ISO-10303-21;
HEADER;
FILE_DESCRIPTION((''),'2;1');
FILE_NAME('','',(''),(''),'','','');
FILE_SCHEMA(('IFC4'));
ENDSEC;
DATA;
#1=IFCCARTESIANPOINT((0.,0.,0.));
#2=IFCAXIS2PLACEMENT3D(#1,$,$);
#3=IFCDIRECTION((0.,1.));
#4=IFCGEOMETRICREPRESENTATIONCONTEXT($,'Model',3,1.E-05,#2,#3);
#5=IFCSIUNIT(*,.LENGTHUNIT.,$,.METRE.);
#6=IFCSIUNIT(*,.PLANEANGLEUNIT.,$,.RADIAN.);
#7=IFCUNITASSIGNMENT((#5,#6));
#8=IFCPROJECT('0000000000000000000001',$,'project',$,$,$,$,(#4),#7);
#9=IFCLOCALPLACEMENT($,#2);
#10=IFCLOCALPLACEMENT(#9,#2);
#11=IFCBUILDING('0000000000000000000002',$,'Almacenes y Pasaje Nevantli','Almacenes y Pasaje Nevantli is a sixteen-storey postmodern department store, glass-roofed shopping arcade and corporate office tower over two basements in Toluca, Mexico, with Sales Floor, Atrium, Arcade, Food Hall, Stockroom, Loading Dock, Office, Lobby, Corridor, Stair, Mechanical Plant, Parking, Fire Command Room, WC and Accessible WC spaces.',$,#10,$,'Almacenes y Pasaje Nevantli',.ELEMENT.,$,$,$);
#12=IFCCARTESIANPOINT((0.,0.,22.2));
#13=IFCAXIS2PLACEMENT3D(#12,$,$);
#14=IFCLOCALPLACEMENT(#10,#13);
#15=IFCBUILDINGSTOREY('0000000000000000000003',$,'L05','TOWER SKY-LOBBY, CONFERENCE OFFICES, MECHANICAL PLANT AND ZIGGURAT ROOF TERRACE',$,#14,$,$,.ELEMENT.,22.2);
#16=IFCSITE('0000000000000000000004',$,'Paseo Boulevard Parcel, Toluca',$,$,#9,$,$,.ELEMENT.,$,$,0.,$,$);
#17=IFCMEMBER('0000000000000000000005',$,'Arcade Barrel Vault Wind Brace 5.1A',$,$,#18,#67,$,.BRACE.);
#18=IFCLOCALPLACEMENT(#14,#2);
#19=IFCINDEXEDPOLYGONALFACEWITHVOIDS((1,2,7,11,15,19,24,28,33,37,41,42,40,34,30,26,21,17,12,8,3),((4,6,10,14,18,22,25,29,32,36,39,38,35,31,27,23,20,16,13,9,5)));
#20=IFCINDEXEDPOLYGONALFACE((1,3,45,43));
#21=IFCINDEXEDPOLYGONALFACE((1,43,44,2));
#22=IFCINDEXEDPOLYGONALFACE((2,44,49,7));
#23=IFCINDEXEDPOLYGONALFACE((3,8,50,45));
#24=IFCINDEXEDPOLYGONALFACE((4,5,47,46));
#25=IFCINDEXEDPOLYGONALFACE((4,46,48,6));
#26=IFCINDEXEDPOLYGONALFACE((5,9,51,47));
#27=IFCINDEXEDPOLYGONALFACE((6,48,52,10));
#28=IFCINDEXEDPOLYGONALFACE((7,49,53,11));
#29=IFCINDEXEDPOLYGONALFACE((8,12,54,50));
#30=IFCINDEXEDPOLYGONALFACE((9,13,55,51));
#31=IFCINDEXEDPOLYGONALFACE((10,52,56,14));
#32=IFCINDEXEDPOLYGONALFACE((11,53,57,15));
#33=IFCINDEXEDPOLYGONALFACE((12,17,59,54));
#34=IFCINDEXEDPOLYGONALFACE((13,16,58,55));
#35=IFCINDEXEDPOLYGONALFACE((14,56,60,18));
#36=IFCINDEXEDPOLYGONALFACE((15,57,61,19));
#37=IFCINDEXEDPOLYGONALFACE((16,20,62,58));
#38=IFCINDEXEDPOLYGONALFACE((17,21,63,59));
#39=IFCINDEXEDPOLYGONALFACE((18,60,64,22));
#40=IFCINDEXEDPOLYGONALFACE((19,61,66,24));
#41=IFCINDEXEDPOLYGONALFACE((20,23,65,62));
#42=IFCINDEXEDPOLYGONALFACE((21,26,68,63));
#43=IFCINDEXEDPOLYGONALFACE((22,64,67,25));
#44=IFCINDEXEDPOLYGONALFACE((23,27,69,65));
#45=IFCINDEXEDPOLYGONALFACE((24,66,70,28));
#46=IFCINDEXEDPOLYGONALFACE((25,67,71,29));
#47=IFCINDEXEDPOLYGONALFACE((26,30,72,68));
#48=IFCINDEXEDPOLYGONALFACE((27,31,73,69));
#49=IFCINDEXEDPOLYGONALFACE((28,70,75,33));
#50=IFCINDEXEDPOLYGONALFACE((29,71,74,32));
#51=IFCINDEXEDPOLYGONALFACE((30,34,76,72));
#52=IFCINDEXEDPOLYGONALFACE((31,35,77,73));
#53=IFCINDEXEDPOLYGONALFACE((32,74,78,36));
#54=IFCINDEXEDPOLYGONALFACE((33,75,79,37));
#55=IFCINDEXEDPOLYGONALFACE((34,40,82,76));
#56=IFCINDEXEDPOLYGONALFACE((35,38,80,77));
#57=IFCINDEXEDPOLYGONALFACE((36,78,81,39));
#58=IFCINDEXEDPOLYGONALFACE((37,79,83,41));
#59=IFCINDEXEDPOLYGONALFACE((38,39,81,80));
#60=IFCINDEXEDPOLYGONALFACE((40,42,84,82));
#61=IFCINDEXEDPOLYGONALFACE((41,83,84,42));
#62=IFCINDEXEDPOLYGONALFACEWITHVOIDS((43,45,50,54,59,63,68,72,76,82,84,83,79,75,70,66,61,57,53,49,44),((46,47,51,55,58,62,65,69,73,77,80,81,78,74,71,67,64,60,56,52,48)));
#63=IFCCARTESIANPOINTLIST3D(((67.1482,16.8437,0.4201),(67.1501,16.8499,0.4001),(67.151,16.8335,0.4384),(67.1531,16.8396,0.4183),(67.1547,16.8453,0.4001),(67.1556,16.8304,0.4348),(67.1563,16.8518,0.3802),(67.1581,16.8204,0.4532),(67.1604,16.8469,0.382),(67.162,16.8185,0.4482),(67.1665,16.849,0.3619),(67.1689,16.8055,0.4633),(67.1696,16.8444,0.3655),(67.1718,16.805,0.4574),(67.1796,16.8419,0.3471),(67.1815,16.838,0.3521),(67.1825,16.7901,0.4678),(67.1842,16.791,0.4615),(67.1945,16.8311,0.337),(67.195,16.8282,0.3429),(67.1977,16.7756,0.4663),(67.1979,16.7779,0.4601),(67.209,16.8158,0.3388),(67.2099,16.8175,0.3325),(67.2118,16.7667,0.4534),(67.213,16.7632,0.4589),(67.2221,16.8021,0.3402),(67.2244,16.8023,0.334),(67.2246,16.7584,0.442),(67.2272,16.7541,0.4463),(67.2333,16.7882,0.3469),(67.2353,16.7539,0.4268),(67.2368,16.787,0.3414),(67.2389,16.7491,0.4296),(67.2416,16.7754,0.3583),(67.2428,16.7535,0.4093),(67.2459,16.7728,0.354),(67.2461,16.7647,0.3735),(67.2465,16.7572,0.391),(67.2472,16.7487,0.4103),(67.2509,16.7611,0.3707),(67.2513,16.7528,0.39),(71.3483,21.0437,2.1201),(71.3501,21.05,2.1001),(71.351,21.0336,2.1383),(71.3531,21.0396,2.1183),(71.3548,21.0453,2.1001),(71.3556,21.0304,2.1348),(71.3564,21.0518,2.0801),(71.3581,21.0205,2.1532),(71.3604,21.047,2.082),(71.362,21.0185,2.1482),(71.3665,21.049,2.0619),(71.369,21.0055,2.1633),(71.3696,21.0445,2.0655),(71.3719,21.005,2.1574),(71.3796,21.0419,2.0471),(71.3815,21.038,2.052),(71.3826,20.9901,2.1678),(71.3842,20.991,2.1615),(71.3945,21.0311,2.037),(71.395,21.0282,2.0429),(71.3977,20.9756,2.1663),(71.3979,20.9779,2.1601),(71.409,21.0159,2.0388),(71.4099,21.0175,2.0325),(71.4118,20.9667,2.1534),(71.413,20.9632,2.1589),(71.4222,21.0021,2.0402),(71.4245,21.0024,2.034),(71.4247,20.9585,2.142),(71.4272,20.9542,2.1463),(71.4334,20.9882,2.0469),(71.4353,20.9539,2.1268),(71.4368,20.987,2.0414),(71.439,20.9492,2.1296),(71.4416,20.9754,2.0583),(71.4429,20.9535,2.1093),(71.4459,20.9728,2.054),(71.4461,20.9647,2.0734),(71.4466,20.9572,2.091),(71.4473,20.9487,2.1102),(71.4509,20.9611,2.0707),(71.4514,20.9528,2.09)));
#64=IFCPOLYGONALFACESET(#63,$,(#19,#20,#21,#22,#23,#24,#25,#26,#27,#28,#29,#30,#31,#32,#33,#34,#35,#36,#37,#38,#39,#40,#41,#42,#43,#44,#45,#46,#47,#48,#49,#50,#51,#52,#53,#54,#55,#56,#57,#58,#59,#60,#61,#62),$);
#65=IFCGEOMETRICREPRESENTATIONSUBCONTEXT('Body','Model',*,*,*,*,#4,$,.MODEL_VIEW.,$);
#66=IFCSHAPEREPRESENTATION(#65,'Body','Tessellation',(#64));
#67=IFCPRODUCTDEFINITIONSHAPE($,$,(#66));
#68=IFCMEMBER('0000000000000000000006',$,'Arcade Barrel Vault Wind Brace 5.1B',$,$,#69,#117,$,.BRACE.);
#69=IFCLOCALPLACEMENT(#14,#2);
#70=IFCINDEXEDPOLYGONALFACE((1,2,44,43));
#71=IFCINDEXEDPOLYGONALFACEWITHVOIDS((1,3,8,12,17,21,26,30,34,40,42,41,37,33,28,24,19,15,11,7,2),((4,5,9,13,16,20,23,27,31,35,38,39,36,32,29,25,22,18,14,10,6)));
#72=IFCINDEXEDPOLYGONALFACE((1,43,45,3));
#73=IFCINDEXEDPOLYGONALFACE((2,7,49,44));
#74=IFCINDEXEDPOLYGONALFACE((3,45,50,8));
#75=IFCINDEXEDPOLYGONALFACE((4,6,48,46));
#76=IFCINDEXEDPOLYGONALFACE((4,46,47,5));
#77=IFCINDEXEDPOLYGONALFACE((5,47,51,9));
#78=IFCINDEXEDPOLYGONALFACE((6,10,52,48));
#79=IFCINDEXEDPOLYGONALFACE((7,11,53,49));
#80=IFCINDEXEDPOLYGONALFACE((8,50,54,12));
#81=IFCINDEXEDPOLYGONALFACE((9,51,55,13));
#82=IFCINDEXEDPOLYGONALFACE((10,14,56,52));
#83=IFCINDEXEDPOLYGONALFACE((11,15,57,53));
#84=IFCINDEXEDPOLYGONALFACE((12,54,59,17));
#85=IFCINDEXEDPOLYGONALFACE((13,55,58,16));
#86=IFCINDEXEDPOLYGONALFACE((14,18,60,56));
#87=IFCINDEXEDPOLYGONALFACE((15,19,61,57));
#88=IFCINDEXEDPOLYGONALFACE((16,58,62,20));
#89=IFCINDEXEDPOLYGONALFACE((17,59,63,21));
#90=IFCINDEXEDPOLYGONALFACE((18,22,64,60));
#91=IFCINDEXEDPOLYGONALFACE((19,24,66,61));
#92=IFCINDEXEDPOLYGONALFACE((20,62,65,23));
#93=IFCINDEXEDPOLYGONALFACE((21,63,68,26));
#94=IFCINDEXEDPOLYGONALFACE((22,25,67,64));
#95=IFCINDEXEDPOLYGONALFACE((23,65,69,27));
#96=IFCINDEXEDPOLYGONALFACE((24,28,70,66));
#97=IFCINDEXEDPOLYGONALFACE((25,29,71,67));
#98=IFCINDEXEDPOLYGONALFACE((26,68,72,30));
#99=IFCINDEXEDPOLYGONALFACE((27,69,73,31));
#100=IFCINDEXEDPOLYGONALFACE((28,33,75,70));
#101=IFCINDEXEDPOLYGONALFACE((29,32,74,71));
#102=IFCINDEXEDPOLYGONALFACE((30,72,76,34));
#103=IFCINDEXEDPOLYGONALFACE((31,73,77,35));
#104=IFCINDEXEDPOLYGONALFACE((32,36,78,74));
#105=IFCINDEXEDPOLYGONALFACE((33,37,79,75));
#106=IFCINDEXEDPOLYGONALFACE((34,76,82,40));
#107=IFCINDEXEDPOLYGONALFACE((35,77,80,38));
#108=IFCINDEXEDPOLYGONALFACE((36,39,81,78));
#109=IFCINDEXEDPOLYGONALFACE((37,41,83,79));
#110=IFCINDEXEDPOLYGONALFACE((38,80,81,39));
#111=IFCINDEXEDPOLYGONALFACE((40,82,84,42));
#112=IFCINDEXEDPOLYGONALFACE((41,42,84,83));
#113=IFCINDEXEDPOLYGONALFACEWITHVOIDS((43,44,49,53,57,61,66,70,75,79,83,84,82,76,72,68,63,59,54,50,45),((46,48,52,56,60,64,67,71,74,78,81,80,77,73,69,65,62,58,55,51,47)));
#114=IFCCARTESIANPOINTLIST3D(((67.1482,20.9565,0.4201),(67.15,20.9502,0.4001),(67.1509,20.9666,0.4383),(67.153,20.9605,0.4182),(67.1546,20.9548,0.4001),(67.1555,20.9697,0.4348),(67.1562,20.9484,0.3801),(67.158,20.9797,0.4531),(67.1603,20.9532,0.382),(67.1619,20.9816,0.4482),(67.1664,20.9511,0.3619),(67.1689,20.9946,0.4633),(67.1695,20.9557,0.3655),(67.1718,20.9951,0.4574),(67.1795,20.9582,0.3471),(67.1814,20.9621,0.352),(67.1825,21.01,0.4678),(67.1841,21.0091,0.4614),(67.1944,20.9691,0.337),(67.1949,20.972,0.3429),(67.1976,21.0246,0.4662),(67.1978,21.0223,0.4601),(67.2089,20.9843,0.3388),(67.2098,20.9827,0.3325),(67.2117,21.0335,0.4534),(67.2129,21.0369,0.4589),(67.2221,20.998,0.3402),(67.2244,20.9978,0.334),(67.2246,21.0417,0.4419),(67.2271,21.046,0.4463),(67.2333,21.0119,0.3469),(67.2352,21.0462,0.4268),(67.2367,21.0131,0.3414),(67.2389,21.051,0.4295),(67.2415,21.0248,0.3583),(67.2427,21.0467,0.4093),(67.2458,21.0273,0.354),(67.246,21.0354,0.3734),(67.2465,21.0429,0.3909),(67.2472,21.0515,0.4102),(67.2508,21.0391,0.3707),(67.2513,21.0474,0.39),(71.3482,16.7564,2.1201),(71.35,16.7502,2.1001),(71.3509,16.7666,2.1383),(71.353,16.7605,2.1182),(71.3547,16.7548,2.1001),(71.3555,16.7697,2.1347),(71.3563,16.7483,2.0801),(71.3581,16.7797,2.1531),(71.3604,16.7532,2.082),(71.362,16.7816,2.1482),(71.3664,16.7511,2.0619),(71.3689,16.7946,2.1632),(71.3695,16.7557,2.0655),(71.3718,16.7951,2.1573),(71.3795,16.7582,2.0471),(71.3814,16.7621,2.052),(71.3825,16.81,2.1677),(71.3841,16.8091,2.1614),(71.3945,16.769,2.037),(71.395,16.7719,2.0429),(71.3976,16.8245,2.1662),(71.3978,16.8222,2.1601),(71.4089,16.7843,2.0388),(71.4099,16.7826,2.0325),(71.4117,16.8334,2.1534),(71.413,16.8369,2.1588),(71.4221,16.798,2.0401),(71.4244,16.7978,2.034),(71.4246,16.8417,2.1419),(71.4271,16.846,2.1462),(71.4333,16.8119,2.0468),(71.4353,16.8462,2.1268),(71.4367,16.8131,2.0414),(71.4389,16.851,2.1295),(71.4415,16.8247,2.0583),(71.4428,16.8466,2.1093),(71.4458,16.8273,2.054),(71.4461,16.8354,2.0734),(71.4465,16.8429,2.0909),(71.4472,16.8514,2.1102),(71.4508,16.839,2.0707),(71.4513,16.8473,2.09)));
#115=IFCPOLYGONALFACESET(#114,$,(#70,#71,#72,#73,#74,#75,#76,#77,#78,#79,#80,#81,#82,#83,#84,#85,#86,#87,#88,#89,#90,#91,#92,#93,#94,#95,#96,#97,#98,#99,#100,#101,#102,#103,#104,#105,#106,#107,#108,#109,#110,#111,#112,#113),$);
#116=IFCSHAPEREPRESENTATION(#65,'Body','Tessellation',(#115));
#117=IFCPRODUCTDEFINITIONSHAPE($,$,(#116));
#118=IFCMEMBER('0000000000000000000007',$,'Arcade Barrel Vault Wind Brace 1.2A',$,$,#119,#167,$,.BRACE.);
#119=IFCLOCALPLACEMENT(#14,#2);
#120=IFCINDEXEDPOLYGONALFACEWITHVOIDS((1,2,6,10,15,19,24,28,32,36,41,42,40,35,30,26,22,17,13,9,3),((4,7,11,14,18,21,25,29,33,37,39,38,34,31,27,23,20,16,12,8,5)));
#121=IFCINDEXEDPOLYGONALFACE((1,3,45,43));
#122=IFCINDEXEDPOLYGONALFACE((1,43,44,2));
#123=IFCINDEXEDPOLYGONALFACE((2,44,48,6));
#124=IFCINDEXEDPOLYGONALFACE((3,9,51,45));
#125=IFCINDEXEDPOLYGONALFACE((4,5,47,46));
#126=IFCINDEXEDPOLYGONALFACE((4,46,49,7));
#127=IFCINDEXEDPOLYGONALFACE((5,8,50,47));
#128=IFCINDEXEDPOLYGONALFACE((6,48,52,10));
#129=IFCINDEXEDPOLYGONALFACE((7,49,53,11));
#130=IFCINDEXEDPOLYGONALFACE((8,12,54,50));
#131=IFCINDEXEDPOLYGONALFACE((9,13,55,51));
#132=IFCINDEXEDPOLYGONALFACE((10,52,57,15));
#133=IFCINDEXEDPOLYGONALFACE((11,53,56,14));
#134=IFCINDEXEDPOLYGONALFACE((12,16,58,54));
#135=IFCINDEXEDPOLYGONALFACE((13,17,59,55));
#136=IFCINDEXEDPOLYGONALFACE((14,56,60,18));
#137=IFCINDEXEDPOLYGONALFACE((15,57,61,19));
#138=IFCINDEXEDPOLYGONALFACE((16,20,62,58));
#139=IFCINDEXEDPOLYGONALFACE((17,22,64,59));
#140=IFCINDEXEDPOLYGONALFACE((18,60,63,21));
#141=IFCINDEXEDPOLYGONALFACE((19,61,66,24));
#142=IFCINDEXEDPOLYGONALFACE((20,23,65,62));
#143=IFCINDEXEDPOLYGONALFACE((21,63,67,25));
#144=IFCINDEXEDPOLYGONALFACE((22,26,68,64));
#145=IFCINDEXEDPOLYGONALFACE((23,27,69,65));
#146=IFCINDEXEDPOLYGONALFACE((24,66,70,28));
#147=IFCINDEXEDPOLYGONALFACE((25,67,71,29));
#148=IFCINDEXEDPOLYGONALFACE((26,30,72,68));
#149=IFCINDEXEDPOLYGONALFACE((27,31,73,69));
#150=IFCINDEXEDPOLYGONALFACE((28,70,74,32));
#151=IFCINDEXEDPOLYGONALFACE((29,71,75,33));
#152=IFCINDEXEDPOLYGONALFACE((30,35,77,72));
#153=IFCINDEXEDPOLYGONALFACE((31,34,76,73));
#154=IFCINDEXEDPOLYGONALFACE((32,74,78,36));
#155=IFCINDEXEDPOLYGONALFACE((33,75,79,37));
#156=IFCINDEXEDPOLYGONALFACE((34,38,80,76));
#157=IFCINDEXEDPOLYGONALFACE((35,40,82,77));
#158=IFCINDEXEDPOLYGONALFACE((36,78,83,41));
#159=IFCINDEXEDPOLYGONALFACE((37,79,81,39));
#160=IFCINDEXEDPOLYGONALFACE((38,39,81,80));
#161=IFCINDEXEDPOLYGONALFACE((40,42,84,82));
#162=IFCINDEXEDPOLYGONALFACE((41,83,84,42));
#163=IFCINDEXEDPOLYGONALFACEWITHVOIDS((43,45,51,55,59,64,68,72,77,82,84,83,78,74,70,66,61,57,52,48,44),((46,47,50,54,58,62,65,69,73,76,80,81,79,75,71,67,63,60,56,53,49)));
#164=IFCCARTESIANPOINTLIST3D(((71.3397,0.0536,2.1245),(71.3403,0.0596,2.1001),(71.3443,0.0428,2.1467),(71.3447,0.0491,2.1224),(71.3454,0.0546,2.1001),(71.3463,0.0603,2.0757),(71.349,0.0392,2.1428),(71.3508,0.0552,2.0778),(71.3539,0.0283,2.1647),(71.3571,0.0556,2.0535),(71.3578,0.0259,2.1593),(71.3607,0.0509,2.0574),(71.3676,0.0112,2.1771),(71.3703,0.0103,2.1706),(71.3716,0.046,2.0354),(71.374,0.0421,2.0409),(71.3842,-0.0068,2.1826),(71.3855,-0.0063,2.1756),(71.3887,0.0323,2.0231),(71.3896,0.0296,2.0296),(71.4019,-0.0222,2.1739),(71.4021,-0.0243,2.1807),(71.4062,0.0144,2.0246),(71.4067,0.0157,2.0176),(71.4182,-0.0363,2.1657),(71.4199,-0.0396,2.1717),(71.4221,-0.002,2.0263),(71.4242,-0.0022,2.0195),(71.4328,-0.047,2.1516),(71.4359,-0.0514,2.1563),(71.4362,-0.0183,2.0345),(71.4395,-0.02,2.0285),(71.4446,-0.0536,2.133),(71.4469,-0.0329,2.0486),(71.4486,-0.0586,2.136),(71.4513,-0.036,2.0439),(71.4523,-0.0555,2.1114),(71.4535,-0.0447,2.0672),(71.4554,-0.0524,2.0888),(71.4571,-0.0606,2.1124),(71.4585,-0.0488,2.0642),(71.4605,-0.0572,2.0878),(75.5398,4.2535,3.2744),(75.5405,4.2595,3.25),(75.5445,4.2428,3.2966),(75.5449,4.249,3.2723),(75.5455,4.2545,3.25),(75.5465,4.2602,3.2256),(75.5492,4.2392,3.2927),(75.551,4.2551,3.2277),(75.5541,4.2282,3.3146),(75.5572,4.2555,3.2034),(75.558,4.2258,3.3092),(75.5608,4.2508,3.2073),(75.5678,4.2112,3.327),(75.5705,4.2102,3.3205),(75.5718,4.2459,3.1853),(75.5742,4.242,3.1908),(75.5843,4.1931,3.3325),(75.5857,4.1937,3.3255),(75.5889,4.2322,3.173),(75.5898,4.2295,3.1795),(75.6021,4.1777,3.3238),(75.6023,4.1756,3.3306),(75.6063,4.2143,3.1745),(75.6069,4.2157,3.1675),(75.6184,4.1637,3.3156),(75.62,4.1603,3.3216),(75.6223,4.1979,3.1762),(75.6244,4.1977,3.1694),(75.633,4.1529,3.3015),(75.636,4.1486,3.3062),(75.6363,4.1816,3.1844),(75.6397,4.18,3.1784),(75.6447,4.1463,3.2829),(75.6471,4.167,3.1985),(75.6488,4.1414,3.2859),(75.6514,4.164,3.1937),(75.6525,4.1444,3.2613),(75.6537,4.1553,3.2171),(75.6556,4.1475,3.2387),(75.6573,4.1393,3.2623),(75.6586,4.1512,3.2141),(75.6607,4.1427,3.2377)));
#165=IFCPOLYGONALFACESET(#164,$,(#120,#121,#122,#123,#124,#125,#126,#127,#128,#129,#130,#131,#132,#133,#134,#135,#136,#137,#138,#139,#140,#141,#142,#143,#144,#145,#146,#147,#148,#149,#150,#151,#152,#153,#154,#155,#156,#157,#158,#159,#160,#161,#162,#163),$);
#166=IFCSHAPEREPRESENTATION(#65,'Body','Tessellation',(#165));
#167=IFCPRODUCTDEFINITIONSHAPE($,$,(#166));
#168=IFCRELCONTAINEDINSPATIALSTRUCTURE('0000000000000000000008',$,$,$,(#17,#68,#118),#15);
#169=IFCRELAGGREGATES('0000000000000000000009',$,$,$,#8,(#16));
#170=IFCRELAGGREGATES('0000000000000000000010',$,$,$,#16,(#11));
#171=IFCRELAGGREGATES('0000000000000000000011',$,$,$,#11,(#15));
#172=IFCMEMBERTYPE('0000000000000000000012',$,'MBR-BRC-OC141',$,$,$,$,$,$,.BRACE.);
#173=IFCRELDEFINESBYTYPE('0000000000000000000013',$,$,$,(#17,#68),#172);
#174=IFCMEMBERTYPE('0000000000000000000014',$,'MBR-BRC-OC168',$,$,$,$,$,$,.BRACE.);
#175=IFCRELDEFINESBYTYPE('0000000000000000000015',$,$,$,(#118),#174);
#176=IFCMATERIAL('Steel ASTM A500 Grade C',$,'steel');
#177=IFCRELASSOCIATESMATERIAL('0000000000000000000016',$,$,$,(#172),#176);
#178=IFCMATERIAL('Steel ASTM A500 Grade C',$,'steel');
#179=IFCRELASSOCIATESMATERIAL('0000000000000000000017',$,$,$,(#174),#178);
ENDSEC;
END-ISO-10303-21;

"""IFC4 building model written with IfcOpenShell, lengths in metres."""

from ifc_helpers import new_model, si_unit, direction, frame, origin, origin_2d, place, context, subcontext, project, spatial, hollow_circle, extrude, material, material_profile, profile_set, type_object, element, save


model = new_model("IFC4")

# Units and contexts
model_context = context("Model", 3, precision=1e-05, world=origin(), true_north=direction((0.0, 1.0)))
body_context = subcontext(model_context, "Body", "Model", "MODEL_VIEW")
ifc_project = project(units=[si_unit("LENGTHUNIT", "METRE"), si_unit("PLANEANGLEUNIT", "RADIAN")], contexts=[model_context])

# Site, building, storey
site_placement = place(None, origin())
site = spatial("IfcSite", under=ifc_project, at=site_placement, Name="Paseo Boulevard Parcel, Toluca", CompositionType="ELEMENT", RefElevation=0.0)
building_placement = place(site_placement, origin())
building = spatial("IfcBuilding", under=site, at=building_placement, Name="Almacenes y Pasaje Nevantli", Description="Almacenes y Pasaje Nevantli is a sixteen-storey postmodern department store, glass-roofed shopping arcade and corporate office tower over two basements in Toluca, Mexico, with Sales Floor, Atrium, Arcade, Food Hall, Stockroom, Loading Dock, Office, Lobby, Corridor, Stair, Mechanical Plant, Parking, Fire Command Room, WC and Accessible WC spaces.", LongName="Almacenes y Pasaje Nevantli", CompositionType="ELEMENT")
storey_placement = place(building_placement, frame((0.0, 0.0, 22.2)))
storey = spatial("IfcBuildingStorey", under=building, at=storey_placement, Name="L05", Description="TOWER SKY-LOBBY, CONFERENCE OFFICES, MECHANICAL PLANT AND ZIGGURAT ROOF TERRACE", CompositionType="ELEMENT", Elevation=22.2)

# Members
ifc_material_1 = material(Name="Steel ASTM A500 Grade C", Category="steel")
ifc_material_profile_1 = material_profile(ifc_material_1, hollow_circle(Radius=0.0706, WallThickness=0.0066, at=origin_2d()), Name="OC 141x6.6")
ifc_profile_set_1 = profile_set([ifc_material_profile_1], Name="Steel ASTM A500 Grade C")
member_type_1 = type_object("IfcMemberType", Name="MBR-BRC-OC141", PredefinedType="BRACE", material=ifc_profile_set_1)
for number, where, z_axis, x_axis, name in (
    (1, (67.2, 16.8, 0.4001), (0.679812, 0.679812, 0.275157), (-0.707107, 0.707107, 0.0), "Arcade Barrel Vault Wind Brace 5.1A"),
    (2, (71.3999, 16.8, 2.1001), (-0.679812, 0.679812, -0.275157), (-0.707107, -0.707107, 0.0), "Arcade Barrel Vault Wind Brace 5.1B"),
):
    element("IfcMember", number, at=place(storey_placement, frame(where, z_axis=z_axis, x_axis=x_axis)), inside=storey, type_object=member_type_1, Name=name, PredefinedType="BRACE", context=body_context, shape_type="SweptSolid", body=[
        extrude(hollow_circle(Radius=0.0706, WallThickness=0.0066, at=origin_2d()), origin(), (0.0, 0.0, 1.0), 6.1782),
    ])
ifc_material_2 = material(Name="Steel ASTM A500 Grade C", Category="steel")
ifc_material_profile_2 = material_profile(ifc_material_2, hollow_circle(Radius=0.0842, WallThickness=0.0071, at=origin_2d()), Name="OC 168x7.1")
ifc_profile_set_2 = profile_set([ifc_material_profile_2], Name="Steel ASTM A500 Grade C")
member_type_2 = type_object("IfcMemberType", Name="MBR-BRC-OC168", PredefinedType="BRACE", material=ifc_profile_set_2)
member_1_placement = place(storey_placement, frame((71.3999, 0.0, 2.1001), z_axis=(0.694238, 0.694197, 0.190064), x_axis=(-0.707086, 0.707127, 0.0)))
element("IfcMember", 3, at=member_1_placement, inside=storey, type_object=member_type_2, Name="Arcade Barrel Vault Wind Brace 1.2A", PredefinedType="BRACE", context=body_context, shape_type="SweptSolid", body=[
    extrude(hollow_circle(Radius=0.0842, WallThickness=0.0071, at=origin_2d()), origin(), (0.0, 0.0, 1.0), 6.05),
])

save(model, "model.ifc")
